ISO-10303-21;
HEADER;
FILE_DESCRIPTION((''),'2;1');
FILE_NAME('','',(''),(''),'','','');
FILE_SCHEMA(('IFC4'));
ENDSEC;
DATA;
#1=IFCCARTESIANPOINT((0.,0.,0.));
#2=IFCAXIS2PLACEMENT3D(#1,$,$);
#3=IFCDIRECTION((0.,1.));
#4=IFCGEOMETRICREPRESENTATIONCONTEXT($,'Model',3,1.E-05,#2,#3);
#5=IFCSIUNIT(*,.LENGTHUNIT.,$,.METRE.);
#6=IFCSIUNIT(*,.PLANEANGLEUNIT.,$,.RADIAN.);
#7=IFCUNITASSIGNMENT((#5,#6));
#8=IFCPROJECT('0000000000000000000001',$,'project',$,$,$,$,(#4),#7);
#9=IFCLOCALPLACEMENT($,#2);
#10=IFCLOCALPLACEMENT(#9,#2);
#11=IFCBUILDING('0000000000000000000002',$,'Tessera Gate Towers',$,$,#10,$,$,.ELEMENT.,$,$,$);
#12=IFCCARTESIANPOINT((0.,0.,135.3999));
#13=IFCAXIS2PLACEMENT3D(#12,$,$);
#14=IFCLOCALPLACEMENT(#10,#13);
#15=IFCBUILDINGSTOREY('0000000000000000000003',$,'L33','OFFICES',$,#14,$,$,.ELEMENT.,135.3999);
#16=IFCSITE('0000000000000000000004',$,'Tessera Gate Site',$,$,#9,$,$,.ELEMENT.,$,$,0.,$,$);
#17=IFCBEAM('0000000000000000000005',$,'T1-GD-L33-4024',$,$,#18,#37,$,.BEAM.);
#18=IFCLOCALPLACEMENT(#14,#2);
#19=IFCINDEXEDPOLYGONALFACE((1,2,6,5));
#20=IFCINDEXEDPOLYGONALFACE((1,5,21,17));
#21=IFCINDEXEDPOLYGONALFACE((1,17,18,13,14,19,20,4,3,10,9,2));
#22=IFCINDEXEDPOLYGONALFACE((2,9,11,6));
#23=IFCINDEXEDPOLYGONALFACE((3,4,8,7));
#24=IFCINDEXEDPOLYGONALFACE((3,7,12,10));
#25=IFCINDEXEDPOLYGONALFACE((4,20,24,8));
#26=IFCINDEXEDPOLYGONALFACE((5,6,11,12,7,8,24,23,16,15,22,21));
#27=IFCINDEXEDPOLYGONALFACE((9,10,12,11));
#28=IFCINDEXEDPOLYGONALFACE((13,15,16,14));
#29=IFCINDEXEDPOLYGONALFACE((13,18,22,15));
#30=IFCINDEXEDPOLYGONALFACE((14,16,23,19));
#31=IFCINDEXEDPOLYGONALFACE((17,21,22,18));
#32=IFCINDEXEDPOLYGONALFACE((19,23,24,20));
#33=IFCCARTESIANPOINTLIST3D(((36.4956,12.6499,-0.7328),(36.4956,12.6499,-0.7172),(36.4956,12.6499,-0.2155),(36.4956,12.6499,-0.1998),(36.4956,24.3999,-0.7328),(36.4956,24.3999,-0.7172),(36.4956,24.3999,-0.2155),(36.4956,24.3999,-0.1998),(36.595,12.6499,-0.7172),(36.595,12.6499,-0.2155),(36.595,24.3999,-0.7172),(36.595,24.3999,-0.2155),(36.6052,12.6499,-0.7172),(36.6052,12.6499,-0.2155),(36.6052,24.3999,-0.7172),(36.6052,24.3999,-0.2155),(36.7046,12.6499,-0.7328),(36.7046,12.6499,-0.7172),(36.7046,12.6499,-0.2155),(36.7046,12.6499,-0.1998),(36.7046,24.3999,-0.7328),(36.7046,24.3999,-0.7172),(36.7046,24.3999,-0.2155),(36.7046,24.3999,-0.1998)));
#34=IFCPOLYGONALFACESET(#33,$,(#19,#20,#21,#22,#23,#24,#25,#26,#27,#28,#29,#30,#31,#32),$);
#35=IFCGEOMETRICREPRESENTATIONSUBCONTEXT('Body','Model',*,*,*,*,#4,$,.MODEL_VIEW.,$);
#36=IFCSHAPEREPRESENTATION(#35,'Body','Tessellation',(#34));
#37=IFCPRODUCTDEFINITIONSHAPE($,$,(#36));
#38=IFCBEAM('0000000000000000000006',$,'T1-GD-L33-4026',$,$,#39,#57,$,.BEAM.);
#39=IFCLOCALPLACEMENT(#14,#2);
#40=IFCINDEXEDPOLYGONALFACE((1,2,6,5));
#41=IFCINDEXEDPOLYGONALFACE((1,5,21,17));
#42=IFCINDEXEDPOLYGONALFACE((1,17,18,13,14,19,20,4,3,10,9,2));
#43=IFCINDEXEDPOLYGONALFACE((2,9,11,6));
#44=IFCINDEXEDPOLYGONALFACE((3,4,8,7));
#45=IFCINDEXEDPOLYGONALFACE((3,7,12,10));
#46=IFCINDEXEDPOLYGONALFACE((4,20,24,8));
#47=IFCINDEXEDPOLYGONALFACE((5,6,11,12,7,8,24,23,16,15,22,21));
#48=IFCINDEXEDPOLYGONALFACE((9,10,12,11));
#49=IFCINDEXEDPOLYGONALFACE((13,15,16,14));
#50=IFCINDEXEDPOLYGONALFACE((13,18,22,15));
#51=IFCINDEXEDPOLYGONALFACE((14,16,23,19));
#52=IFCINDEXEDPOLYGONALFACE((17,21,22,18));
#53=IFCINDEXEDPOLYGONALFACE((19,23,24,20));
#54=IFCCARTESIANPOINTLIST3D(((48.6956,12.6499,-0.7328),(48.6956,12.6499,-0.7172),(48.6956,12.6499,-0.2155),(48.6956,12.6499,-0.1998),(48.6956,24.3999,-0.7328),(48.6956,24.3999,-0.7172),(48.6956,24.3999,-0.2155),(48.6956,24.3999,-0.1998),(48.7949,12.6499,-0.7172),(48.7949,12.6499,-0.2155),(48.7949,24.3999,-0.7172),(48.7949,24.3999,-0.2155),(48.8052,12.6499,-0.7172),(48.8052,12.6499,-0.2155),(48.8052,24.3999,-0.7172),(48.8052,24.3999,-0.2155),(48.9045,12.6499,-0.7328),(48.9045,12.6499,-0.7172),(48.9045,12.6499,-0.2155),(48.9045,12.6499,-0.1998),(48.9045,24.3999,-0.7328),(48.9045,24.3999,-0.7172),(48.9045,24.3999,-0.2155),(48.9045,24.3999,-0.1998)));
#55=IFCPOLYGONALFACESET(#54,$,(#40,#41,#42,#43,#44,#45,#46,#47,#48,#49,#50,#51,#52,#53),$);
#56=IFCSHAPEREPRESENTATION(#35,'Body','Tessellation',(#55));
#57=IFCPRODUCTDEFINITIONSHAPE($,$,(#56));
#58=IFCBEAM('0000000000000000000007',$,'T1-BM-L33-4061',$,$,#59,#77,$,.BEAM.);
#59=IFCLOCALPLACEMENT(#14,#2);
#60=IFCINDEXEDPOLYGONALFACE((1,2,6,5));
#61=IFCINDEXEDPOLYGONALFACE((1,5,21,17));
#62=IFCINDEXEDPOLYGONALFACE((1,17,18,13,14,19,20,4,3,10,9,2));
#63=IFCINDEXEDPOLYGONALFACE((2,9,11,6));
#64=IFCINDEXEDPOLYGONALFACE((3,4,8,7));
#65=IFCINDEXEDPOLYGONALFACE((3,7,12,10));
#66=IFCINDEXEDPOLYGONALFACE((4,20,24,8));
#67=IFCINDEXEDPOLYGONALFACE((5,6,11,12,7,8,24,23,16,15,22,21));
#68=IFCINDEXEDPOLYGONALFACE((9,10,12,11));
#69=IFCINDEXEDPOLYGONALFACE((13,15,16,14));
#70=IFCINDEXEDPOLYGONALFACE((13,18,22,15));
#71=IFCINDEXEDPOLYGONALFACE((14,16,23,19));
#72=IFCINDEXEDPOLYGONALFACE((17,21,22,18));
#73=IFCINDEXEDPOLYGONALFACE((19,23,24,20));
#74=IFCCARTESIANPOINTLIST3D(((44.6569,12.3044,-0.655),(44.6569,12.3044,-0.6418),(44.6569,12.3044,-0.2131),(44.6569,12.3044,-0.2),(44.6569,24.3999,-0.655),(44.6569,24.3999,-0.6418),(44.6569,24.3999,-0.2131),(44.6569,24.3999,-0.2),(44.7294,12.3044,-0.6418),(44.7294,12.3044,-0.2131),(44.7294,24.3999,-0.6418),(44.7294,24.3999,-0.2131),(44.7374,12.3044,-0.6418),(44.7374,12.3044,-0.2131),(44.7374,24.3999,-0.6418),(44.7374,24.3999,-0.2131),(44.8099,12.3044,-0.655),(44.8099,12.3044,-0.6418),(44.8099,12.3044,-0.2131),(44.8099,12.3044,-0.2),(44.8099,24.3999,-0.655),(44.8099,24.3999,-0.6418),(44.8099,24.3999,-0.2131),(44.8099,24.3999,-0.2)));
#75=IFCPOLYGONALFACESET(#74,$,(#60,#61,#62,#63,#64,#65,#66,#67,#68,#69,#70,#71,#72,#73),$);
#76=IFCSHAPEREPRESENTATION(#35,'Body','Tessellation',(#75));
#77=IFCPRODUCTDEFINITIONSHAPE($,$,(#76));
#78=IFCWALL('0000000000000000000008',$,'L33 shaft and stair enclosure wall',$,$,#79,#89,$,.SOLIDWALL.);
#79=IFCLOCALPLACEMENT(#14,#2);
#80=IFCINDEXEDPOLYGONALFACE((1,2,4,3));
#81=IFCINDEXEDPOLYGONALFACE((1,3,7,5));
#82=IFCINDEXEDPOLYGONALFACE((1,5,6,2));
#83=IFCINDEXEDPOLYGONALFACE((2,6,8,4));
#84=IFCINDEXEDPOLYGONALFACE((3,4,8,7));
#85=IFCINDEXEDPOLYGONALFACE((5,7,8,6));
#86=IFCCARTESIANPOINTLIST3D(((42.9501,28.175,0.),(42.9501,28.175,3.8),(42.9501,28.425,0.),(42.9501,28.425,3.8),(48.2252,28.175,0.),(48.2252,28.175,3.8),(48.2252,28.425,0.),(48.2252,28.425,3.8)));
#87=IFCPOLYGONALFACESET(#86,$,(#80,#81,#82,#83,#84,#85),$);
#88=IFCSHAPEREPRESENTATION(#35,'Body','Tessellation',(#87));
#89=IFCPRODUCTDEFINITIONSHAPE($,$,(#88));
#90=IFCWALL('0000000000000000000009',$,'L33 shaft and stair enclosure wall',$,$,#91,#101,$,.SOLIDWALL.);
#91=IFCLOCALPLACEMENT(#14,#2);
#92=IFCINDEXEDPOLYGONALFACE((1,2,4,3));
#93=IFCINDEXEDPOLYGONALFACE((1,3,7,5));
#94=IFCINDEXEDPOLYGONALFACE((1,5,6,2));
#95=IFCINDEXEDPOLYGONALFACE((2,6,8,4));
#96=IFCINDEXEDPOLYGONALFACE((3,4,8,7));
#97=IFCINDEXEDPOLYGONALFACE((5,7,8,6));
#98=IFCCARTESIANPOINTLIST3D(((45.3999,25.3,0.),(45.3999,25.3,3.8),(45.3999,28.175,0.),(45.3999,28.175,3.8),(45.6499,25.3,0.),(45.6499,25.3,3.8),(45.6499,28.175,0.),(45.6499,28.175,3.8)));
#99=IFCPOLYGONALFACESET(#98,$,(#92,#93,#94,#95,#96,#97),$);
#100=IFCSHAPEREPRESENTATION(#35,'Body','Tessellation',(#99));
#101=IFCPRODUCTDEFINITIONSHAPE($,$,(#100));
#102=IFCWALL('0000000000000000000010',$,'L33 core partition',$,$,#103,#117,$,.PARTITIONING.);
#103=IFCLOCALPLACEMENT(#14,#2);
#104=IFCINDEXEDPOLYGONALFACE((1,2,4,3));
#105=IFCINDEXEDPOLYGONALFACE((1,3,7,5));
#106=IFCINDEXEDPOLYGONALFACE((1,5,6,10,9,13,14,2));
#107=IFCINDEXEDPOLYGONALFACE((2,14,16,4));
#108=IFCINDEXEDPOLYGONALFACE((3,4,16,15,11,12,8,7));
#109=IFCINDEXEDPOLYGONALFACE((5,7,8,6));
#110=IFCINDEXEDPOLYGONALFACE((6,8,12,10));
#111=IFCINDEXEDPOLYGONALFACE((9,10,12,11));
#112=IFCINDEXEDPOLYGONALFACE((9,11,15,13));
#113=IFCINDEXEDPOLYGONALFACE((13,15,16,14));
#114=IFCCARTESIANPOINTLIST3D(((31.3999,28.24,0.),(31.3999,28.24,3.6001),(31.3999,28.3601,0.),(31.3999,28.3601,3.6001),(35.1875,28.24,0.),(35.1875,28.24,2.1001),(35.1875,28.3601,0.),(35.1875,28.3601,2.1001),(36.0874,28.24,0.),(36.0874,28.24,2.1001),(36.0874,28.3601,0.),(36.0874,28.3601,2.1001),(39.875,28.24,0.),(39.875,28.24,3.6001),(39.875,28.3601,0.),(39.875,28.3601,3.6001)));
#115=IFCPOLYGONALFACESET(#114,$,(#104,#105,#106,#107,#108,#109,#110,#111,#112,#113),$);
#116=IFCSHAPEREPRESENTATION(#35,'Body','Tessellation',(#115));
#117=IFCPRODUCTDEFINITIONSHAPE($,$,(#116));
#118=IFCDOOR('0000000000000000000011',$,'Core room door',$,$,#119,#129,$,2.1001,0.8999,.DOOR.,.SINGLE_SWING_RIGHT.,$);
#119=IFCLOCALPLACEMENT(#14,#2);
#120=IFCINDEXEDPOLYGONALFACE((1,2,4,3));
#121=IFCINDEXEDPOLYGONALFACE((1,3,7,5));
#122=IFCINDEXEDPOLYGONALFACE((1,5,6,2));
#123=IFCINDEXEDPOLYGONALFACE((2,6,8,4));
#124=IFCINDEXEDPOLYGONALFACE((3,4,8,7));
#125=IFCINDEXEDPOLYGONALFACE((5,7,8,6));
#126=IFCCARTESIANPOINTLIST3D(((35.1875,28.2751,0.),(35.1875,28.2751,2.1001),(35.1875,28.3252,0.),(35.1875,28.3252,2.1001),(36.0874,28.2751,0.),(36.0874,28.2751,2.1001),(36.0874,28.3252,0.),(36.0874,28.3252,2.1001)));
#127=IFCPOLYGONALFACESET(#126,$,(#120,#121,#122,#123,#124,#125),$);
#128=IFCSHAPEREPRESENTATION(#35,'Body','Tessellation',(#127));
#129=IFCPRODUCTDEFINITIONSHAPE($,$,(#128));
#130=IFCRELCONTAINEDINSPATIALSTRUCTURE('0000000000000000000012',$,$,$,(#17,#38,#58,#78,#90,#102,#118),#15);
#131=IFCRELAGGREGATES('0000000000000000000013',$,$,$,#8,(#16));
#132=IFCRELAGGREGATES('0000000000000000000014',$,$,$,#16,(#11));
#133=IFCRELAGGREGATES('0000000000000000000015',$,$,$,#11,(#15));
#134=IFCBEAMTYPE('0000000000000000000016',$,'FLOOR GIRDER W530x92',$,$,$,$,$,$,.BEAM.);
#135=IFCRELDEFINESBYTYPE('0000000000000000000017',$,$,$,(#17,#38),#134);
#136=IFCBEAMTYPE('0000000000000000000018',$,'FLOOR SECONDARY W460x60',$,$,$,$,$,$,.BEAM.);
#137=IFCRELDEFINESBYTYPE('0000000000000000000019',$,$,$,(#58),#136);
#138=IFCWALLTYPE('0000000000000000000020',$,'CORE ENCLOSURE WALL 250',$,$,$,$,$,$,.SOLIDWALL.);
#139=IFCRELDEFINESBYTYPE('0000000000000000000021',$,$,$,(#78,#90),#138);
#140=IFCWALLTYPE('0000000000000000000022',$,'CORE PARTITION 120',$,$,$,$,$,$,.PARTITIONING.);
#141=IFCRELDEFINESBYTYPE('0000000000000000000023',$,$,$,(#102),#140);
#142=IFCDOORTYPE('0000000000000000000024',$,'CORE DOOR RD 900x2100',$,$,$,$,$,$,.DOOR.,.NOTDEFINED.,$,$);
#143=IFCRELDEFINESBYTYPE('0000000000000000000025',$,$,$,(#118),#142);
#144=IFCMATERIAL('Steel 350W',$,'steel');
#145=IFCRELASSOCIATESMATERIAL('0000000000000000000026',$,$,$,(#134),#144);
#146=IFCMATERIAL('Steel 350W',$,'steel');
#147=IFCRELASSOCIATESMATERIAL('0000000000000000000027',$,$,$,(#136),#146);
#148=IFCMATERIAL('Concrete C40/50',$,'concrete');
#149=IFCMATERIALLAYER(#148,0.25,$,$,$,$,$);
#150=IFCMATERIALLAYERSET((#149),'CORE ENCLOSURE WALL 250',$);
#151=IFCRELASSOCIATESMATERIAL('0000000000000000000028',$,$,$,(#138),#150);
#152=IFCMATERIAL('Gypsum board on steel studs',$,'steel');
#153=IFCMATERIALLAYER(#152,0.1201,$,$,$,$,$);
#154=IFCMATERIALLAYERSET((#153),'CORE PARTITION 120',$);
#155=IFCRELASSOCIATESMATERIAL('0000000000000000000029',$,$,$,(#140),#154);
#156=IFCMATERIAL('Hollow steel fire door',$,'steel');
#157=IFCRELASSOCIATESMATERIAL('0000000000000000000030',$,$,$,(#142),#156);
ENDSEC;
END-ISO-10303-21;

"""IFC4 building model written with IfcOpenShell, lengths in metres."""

from ifc_helpers import new_model, si_unit, direction, frame, frame_2d, origin, origin_2d, place, context, subcontext, project, spatial, rectangle, i_section, extrude, source, transform, mapped, material, layer, layer_set, material_profile, profile_set, type_object, element, fill, save


model = new_model("IFC4")

# Units and contexts
model_context = context("Model", 3, precision=1e-05, world=origin(), true_north=direction((0.0, 1.0)))
body_context = subcontext(model_context, "Body", "Model", "MODEL_VIEW")
ifc_project = project(units=[si_unit("LENGTHUNIT", "METRE"), si_unit("PLANEANGLEUNIT", "RADIAN")], contexts=[model_context])

# Site, building, storey
site_placement = place(None, origin())
site = spatial("IfcSite", under=ifc_project, at=site_placement, Name="Tessera Gate Site", CompositionType="ELEMENT", RefElevation=0.0)
building_placement = place(site_placement, origin())
building = spatial("IfcBuilding", under=site, at=building_placement, Name="Tessera Gate Towers", CompositionType="ELEMENT")
storey_placement = place(building_placement, frame((0.0, 0.0, 135.3999)))
storey = spatial("IfcBuildingStorey", under=building, at=storey_placement, Name="L33", Description="OFFICES", CompositionType="ELEMENT", Elevation=135.3999)

# Beams
ifc_material_1 = material(Name="Steel 350W", Category="steel")
ifc_material_profile_1 = material_profile(ifc_material_1, i_section(OverallWidth=0.209, OverallDepth=0.533, WebThickness=0.0103, FlangeThickness=0.0156, at=origin_2d()), Name="W530x92")
ifc_profile_set_1 = profile_set([ifc_material_profile_1], Name="Steel 350W")
beam_type_1 = type_object("IfcBeamType", Name="FLOOR GIRDER W530x92", PredefinedType="BEAM", material=ifc_profile_set_1)
for number, where, z_axis, x_axis, name in (
    (1, (36.6001, 12.6499, -0.4663), (0.0, 1.0, 0.0), (-1.0, 0.0, 0.0), "T1-GD-L33-4024"),
    (2, (48.8, 12.6499, -0.4663), (0.0, 1.0, 0.0), (-1.0, 0.0, 0.0), "T1-GD-L33-4026"),
):
    element("IfcBeam", number, at=place(storey_placement, frame(where, z_axis=z_axis, x_axis=x_axis)), inside=storey, type_object=beam_type_1, Name=name, PredefinedType="BEAM", context=body_context, shape_type="SweptSolid", body=[
        extrude(i_section(OverallWidth=0.209, OverallDepth=0.533, WebThickness=0.0103, FlangeThickness=0.0156, at=origin_2d()), origin(), (0.0, 0.0, 1.0), 11.75),
    ])
ifc_material_2 = material(Name="Steel 350W", Category="steel")
ifc_material_profile_2 = material_profile(ifc_material_2, i_section(OverallWidth=0.1531, OverallDepth=0.4551, WebThickness=0.0081, FlangeThickness=0.0132, at=origin_2d()), Name="W460x60")
ifc_profile_set_2 = profile_set([ifc_material_profile_2], Name="Steel 350W")
beam_type_2 = type_object("IfcBeamType", Name="FLOOR SECONDARY W460x60", PredefinedType="BEAM", material=ifc_profile_set_2)
beam_placement = place(storey_placement, frame((44.7334, 12.3044, -0.4275), z_axis=(0.0, 1.0, 0.0), x_axis=(-1.0, 0.0, 0.0)))
element("IfcBeam", 3, at=beam_placement, inside=storey, type_object=beam_type_2, Name="T1-BM-L33-4061", PredefinedType="BEAM", context=body_context, shape_type="SweptSolid", body=[
    extrude(i_section(OverallWidth=0.1531, OverallDepth=0.4551, WebThickness=0.0081, FlangeThickness=0.0132, at=origin_2d()), origin(), (0.0, 0.0, 1.0), 12.0955),
])

# Walls
ifc_material_3 = material(Name="Concrete C40/50", Category="concrete")
ifc_layer_1 = layer(ifc_material_3, 0.25)
ifc_layer_set_1 = layer_set([ifc_layer_1], Name="CORE ENCLOSURE WALL 250")
wall_type_1 = type_object("IfcWallType", Name="CORE ENCLOSURE WALL 250", PredefinedType="SOLIDWALL", material=ifc_layer_set_1)
wall_1_placement = place(storey_placement, frame((42.95, 28.3, 0.0), z_axis=(0.0, 0.0, 1.0), x_axis=(1.0, 0.0, 0.0)))
element("IfcWall", 4, at=wall_1_placement, inside=storey, type_object=wall_type_1, Name="L33 shaft and stair enclosure wall", PredefinedType="SOLIDWALL", context=body_context, shape_type="SweptSolid", body=[
    extrude(rectangle(XDim=5.2751, YDim=0.25, at=frame_2d((2.6377, 0.0))), origin(), (0.0, 0.0, 1.0), 3.8),
])
wall_2_placement = place(storey_placement, frame((45.5249, 25.3, 0.0), z_axis=(0.0, 0.0, 1.0), x_axis=(0.0, 1.0, 0.0)))
element("IfcWall", 5, at=wall_2_placement, inside=storey, type_object=wall_type_1, Name="L33 shaft and stair enclosure wall", PredefinedType="SOLIDWALL", context=body_context, shape_type="SweptSolid", body=[
    extrude(rectangle(XDim=2.875, YDim=0.25, at=frame_2d((1.4375, 0.0))), origin(), (0.0, 0.0, 1.0), 3.8),
])

# Wall, opening, door
ifc_material_4 = material(Name="Gypsum board on steel studs", Category="steel")
ifc_layer_2 = layer(ifc_material_4, 0.1201)
ifc_layer_set_2 = layer_set([ifc_layer_2], Name="CORE PARTITION 120")
wall_type_2 = type_object("IfcWallType", Name="CORE PARTITION 120", PredefinedType="PARTITIONING", material=ifc_layer_set_2)
wall_3_placement = place(storey_placement, frame((39.875, 28.3, 0.0), z_axis=(0.0, 0.0, 1.0), x_axis=(-1.0, 0.0, 0.0)))
wall_3 = element("IfcWall", 6, at=wall_3_placement, inside=storey, type_object=wall_type_2, Name="L33 core partition", PredefinedType="PARTITIONING", context=body_context, shape_type="SweptSolid", body=[
    extrude(rectangle(XDim=8.4751, YDim=0.1201, at=frame_2d((4.2375, 0.0))), origin(), (0.0, 0.0, 1.0), 3.6001),
])
shared_shape_1 = source(origin(), body_context, "Body", "SweptSolid", [
    extrude(rectangle(XDim=0.8999, YDim=2.1001, at=frame_2d((0.45, 1.05))), frame((0.0, 0.0701, 0.0), z_axis=(0.0, -1.0, 0.0), x_axis=(1.0, 0.0, 0.0)), (0.0, 0.0, 1.0), 0.1401),
])
opening_1_placement = place(wall_3_placement, frame((3.7876, 0.0, 0.0)))
opening_1 = element("IfcOpeningElement", 7, at=opening_1_placement, cuts=wall_3, PredefinedType="OPENING", context=body_context, shape_type="MappedRepresentation", body=[
    mapped(shared_shape_1, transform((0.0, 0.0, 0.0), scale=1.0)),
])
ifc_material_5 = material(Name="Hollow steel fire door", Category="steel")
door_type_1 = type_object("IfcDoorType", Name="CORE DOOR RD 900x2100", OperationType="NOTDEFINED", PredefinedType="DOOR", material=ifc_material_5)
shared_shape_2 = source(origin(), body_context, "Body", "SweptSolid", [
    extrude(rectangle(XDim=0.8999, YDim=2.1001, at=frame_2d((0.45, 1.05))), frame((0.0, 0.0249, 0.0), z_axis=(0.0, -1.0, 0.0), x_axis=(1.0, 0.0, 0.0)), (0.0, 0.0, 1.0), 0.05),
])
door_1_placement = place(opening_1_placement, origin())
door_1 = element("IfcDoor", 8, at=door_1_placement, inside=storey, type_object=door_type_1, Name="Core room door", OperationType="SINGLE_SWING_RIGHT", OverallHeight=2.1001, OverallWidth=0.8999, PredefinedType="DOOR", context=body_context, shape_type="MappedRepresentation", body=[
    mapped(shared_shape_2, transform((0.0, 0.0, 0.0), scale=1.0)),
])
fill(opening_1, door_1)

save(model, "model.ifc")
